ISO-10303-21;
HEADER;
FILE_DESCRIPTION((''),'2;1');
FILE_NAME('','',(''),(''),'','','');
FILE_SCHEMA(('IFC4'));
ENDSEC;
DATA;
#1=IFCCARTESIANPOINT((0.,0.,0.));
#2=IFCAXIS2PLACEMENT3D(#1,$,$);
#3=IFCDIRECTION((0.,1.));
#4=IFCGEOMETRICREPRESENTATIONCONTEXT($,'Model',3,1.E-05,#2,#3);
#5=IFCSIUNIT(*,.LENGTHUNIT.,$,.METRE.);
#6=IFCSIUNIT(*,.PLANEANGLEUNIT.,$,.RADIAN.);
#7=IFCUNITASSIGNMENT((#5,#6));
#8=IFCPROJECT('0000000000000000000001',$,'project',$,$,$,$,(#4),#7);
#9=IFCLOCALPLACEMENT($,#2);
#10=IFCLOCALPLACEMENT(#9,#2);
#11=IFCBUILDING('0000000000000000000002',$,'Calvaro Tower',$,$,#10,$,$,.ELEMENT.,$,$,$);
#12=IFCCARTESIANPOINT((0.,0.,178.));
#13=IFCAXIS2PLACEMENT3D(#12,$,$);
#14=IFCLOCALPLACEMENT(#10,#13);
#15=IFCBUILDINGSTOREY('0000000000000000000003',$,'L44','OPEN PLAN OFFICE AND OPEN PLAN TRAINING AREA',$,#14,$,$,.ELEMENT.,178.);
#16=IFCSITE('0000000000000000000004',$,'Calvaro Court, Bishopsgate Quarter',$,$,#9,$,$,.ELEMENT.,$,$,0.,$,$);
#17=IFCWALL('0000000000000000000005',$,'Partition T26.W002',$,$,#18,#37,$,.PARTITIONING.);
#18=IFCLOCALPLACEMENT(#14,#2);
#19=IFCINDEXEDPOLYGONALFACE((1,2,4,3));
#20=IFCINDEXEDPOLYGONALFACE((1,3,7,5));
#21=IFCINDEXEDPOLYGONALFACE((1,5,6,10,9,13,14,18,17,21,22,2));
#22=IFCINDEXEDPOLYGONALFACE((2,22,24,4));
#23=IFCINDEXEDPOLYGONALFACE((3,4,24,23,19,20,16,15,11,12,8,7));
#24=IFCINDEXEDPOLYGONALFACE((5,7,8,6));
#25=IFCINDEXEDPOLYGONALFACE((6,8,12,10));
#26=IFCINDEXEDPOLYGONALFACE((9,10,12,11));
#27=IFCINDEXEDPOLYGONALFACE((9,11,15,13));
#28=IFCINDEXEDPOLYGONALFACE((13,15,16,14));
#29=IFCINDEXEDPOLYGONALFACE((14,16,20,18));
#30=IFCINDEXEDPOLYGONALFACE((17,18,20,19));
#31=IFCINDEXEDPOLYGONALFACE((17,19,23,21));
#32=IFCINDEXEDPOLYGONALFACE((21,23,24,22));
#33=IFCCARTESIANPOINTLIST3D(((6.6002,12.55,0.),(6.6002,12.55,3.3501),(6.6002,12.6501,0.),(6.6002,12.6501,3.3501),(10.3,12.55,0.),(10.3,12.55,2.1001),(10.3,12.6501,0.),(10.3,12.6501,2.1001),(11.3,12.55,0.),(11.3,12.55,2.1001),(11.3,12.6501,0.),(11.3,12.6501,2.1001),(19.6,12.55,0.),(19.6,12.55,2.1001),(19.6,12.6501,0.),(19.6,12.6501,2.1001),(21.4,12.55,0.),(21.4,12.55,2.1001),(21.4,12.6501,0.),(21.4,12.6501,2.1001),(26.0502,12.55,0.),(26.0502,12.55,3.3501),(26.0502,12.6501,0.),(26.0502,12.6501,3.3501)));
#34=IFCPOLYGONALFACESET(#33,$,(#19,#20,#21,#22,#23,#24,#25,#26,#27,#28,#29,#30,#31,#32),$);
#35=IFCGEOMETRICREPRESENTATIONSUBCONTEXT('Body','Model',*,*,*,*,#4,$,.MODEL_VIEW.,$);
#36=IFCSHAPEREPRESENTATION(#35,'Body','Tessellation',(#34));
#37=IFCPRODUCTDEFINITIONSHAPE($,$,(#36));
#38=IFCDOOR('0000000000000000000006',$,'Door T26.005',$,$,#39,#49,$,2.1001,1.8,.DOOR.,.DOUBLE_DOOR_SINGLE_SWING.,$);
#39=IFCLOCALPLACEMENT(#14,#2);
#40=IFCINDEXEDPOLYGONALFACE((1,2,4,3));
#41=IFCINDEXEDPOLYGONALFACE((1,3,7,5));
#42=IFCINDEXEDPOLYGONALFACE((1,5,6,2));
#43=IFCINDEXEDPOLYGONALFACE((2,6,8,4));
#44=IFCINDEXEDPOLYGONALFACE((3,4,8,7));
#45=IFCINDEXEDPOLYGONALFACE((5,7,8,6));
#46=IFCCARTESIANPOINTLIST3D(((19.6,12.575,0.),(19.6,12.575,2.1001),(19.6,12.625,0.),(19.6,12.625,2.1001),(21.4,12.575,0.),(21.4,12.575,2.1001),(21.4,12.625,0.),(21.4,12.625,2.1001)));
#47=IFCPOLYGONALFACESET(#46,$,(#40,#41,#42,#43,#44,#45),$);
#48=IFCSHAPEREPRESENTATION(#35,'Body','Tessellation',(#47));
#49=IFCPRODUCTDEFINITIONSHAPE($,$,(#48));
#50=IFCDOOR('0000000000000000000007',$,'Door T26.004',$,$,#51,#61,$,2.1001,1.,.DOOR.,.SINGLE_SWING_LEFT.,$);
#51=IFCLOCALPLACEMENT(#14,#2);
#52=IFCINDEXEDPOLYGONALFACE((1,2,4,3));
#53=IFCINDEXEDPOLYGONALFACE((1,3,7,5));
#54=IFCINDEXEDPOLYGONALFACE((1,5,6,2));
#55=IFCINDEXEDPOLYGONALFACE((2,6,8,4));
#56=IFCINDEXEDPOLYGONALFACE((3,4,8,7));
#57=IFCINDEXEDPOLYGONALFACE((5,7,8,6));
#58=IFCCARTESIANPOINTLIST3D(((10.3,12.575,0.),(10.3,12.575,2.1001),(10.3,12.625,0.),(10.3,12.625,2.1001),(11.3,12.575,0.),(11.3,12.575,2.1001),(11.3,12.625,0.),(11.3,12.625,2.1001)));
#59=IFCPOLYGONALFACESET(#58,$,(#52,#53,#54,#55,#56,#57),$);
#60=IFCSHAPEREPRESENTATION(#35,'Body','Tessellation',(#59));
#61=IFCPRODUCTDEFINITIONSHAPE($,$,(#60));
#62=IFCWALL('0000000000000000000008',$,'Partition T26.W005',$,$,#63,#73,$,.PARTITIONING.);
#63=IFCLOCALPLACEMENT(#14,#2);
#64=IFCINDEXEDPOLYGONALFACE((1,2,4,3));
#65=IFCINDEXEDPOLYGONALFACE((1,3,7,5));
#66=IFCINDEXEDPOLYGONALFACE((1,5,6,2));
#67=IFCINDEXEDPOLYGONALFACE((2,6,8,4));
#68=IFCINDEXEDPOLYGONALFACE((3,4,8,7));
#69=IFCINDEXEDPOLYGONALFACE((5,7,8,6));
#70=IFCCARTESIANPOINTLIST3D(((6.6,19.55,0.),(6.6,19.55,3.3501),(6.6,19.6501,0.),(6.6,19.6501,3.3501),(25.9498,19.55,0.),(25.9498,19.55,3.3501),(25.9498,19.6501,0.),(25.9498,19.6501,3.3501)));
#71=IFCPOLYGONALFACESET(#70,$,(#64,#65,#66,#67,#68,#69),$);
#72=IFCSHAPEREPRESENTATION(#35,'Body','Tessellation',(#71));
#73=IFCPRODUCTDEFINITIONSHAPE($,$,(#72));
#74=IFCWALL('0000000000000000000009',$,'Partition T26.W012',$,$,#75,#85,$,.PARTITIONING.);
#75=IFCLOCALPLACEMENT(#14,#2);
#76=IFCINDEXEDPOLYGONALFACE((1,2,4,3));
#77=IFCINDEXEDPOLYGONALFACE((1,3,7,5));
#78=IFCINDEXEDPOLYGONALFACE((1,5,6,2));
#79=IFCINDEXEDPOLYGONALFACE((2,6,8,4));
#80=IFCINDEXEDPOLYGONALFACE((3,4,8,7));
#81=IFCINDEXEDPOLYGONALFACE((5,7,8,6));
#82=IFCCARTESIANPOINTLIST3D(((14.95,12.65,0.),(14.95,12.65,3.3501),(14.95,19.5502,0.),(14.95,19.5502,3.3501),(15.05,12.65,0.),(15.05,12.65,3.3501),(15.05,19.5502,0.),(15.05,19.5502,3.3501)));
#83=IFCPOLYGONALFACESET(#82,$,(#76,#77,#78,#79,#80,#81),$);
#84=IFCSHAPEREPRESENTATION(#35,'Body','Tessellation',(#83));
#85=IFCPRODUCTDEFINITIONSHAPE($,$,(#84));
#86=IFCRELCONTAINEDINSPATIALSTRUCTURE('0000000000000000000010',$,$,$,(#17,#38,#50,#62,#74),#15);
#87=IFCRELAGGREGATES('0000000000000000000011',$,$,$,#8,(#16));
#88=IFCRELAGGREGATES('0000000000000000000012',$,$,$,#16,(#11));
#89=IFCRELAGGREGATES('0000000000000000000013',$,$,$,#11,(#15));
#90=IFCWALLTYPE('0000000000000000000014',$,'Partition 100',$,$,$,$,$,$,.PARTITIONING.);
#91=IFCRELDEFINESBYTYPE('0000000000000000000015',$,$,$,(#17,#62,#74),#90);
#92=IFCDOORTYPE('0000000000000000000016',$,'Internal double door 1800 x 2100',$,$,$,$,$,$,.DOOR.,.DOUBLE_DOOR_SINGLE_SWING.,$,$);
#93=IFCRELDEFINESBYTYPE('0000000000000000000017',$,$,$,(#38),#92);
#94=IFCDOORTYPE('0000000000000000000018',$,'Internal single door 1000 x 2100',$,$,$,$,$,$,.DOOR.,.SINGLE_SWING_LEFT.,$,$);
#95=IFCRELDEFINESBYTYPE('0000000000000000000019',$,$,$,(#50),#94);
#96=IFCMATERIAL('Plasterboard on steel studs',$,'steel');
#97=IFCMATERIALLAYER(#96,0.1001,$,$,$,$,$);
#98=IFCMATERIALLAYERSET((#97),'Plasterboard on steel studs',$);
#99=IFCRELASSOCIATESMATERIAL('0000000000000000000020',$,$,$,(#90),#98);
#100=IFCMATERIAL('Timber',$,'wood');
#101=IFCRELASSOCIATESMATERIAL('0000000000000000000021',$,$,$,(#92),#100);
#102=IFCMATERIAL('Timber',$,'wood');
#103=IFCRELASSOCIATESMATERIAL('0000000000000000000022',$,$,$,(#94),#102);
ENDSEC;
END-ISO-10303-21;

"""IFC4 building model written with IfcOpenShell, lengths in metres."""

from ifc_helpers import new_model, si_unit, direction, frame, frame_2d, origin, place, context, subcontext, project, spatial, rectangle, extrude, material, layer, layer_set, type_object, element, fill, save


model = new_model("IFC4")

# Units and contexts
model_context = context("Model", 3, precision=1e-05, world=origin(), true_north=direction((0.0, 1.0)))
body_context = subcontext(model_context, "Body", "Model", "MODEL_VIEW")
ifc_project = project(units=[si_unit("LENGTHUNIT", "METRE"), si_unit("PLANEANGLEUNIT", "RADIAN")], contexts=[model_context])

# Site, building, storey
site_placement = place(None, origin())
site = spatial("IfcSite", under=ifc_project, at=site_placement, Name="Calvaro Court, Bishopsgate Quarter", CompositionType="ELEMENT", RefElevation=0.0)
building_placement = place(site_placement, origin())
building = spatial("IfcBuilding", under=site, at=building_placement, Name="Calvaro Tower", CompositionType="ELEMENT")
storey_placement = place(building_placement, frame((0.0, 0.0, 178.0)))
storey = spatial("IfcBuildingStorey", under=building, at=storey_placement, Name="L44", Description="OPEN PLAN OFFICE AND OPEN PLAN TRAINING AREA", CompositionType="ELEMENT", Elevation=178.0)

# Wall, openings, doors
ifc_material_1 = material(Name="Plasterboard on steel studs", Category="steel")
ifc_layer_1 = layer(ifc_material_1, 0.1001)
ifc_layer_set_1 = layer_set([ifc_layer_1], Name="Plasterboard on steel studs")
wall_type = type_object("IfcWallType", Name="Partition 100", PredefinedType="PARTITIONING", material=ifc_layer_set_1)
ifc_material_2 = material(Name="Timber", Category="wood")
door_type_1 = type_object("IfcDoorType", Name="Internal double door 1800 x 2100", OperationType="DOUBLE_DOOR_SINGLE_SWING", PredefinedType="DOOR", material=ifc_material_2)
wall_1_placement = place(storey_placement, frame((6.6001, 12.6001, 0.0), z_axis=(0.0, 0.0, 1.0), x_axis=(1.0, 0.0, 0.0)))
wall_1 = element("IfcWall", 1, at=wall_1_placement, inside=storey, type_object=wall_type, Name="Partition T26.W002", PredefinedType="PARTITIONING", context=body_context, shape_type="SweptSolid", body=[
    extrude(rectangle(XDim=19.45, YDim=0.1001, at=frame_2d((9.7251, 0.0))), origin(), (0.0, 0.0, 1.0), 3.3501),
])
opening_1_placement = place(wall_1_placement, frame((3.7, 0.0, 0.0)))
opening_1 = element("IfcOpeningElement", 2, at=opening_1_placement, cuts=wall_1, PredefinedType="OPENING", context=body_context, shape_type="SweptSolid", body=[
    extrude(rectangle(XDim=1.0, YDim=2.1001, at=frame_2d((0.5, 1.05))), frame((0.0, 0.0601, 0.0), z_axis=(0.0, -1.0, 0.0), x_axis=(1.0, 0.0, 0.0)), (0.0, 0.0, 1.0), 0.1201),
])
opening_2_placement = place(wall_1_placement, frame((13.0, 0.0, 0.0)))
opening_2 = element("IfcOpeningElement", 3, at=opening_2_placement, cuts=wall_1, PredefinedType="OPENING", context=body_context, shape_type="SweptSolid", body=[
    extrude(rectangle(XDim=1.8, YDim=2.1001, at=frame_2d((0.8999, 1.05))), frame((0.0, 0.0601, 0.0), z_axis=(0.0, -1.0, 0.0), x_axis=(1.0, 0.0, 0.0)), (0.0, 0.0, 1.0), 0.1201),
])
door_1_placement = place(opening_2_placement, origin())
door_1 = element("IfcDoor", 4, at=door_1_placement, inside=storey, type_object=door_type_1, Name="Door T26.005", OperationType="DOUBLE_DOOR_SINGLE_SWING", OverallHeight=2.1001, OverallWidth=1.8, PredefinedType="DOOR", context=body_context, shape_type="SweptSolid", body=[
    extrude(rectangle(XDim=1.8, YDim=2.1001, at=frame_2d((0.8999, 1.05))), frame((0.0, 0.0249, 0.0), z_axis=(0.0, -1.0, 0.0), x_axis=(1.0, 0.0, 0.0)), (0.0, 0.0, 1.0), 0.05),
])
fill(opening_2, door_1)
ifc_material_3 = material(Name="Timber", Category="wood")
door_type_2 = type_object("IfcDoorType", Name="Internal single door 1000 x 2100", OperationType="SINGLE_SWING_LEFT", PredefinedType="DOOR", material=ifc_material_3)
door_2_placement = place(opening_1_placement, origin())
door_2 = element("IfcDoor", 5, at=door_2_placement, inside=storey, type_object=door_type_2, Name="Door T26.004", OperationType="SINGLE_SWING_LEFT", OverallHeight=2.1001, OverallWidth=1.0, PredefinedType="DOOR", context=body_context, shape_type="SweptSolid", body=[
    extrude(rectangle(XDim=1.0, YDim=2.1001, at=frame_2d((0.5, 1.05))), frame((0.0, 0.0249, 0.0), z_axis=(0.0, -1.0, 0.0), x_axis=(1.0, 0.0, 0.0)), (0.0, 0.0, 1.0), 0.05),
])
fill(opening_1, door_2)

# Walls
wall_2_placement = place(storey_placement, frame((6.6001, 19.6001, 0.0), z_axis=(0.0, 0.0, 1.0), x_axis=(1.0, 0.0, 0.0)))
element("IfcWall", 6, at=wall_2_placement, inside=storey, type_object=wall_type, Name="Partition T26.W005", PredefinedType="PARTITIONING", context=body_context, shape_type="SweptSolid", body=[
    extrude(rectangle(XDim=19.3499, YDim=0.1001, at=frame_2d((9.6748, 0.0))), origin(), (0.0, 0.0, 1.0), 3.3501),
])
wall_3_placement = place(storey_placement, frame((15.0, 12.6499, 0.0), z_axis=(0.0, 0.0, 1.0), x_axis=(0.0, 1.0, 0.0)))
element("IfcWall", 7, at=wall_3_placement, inside=storey, type_object=wall_type, Name="Partition T26.W012", PredefinedType="PARTITIONING", context=body_context, shape_type="SweptSolid", body=[
    extrude(rectangle(XDim=6.9001, YDim=0.1001, at=frame_2d((3.4502, 0.0))), origin(), (0.0, 0.0, 1.0), 3.3501),
])

save(model, "model.ifc")
